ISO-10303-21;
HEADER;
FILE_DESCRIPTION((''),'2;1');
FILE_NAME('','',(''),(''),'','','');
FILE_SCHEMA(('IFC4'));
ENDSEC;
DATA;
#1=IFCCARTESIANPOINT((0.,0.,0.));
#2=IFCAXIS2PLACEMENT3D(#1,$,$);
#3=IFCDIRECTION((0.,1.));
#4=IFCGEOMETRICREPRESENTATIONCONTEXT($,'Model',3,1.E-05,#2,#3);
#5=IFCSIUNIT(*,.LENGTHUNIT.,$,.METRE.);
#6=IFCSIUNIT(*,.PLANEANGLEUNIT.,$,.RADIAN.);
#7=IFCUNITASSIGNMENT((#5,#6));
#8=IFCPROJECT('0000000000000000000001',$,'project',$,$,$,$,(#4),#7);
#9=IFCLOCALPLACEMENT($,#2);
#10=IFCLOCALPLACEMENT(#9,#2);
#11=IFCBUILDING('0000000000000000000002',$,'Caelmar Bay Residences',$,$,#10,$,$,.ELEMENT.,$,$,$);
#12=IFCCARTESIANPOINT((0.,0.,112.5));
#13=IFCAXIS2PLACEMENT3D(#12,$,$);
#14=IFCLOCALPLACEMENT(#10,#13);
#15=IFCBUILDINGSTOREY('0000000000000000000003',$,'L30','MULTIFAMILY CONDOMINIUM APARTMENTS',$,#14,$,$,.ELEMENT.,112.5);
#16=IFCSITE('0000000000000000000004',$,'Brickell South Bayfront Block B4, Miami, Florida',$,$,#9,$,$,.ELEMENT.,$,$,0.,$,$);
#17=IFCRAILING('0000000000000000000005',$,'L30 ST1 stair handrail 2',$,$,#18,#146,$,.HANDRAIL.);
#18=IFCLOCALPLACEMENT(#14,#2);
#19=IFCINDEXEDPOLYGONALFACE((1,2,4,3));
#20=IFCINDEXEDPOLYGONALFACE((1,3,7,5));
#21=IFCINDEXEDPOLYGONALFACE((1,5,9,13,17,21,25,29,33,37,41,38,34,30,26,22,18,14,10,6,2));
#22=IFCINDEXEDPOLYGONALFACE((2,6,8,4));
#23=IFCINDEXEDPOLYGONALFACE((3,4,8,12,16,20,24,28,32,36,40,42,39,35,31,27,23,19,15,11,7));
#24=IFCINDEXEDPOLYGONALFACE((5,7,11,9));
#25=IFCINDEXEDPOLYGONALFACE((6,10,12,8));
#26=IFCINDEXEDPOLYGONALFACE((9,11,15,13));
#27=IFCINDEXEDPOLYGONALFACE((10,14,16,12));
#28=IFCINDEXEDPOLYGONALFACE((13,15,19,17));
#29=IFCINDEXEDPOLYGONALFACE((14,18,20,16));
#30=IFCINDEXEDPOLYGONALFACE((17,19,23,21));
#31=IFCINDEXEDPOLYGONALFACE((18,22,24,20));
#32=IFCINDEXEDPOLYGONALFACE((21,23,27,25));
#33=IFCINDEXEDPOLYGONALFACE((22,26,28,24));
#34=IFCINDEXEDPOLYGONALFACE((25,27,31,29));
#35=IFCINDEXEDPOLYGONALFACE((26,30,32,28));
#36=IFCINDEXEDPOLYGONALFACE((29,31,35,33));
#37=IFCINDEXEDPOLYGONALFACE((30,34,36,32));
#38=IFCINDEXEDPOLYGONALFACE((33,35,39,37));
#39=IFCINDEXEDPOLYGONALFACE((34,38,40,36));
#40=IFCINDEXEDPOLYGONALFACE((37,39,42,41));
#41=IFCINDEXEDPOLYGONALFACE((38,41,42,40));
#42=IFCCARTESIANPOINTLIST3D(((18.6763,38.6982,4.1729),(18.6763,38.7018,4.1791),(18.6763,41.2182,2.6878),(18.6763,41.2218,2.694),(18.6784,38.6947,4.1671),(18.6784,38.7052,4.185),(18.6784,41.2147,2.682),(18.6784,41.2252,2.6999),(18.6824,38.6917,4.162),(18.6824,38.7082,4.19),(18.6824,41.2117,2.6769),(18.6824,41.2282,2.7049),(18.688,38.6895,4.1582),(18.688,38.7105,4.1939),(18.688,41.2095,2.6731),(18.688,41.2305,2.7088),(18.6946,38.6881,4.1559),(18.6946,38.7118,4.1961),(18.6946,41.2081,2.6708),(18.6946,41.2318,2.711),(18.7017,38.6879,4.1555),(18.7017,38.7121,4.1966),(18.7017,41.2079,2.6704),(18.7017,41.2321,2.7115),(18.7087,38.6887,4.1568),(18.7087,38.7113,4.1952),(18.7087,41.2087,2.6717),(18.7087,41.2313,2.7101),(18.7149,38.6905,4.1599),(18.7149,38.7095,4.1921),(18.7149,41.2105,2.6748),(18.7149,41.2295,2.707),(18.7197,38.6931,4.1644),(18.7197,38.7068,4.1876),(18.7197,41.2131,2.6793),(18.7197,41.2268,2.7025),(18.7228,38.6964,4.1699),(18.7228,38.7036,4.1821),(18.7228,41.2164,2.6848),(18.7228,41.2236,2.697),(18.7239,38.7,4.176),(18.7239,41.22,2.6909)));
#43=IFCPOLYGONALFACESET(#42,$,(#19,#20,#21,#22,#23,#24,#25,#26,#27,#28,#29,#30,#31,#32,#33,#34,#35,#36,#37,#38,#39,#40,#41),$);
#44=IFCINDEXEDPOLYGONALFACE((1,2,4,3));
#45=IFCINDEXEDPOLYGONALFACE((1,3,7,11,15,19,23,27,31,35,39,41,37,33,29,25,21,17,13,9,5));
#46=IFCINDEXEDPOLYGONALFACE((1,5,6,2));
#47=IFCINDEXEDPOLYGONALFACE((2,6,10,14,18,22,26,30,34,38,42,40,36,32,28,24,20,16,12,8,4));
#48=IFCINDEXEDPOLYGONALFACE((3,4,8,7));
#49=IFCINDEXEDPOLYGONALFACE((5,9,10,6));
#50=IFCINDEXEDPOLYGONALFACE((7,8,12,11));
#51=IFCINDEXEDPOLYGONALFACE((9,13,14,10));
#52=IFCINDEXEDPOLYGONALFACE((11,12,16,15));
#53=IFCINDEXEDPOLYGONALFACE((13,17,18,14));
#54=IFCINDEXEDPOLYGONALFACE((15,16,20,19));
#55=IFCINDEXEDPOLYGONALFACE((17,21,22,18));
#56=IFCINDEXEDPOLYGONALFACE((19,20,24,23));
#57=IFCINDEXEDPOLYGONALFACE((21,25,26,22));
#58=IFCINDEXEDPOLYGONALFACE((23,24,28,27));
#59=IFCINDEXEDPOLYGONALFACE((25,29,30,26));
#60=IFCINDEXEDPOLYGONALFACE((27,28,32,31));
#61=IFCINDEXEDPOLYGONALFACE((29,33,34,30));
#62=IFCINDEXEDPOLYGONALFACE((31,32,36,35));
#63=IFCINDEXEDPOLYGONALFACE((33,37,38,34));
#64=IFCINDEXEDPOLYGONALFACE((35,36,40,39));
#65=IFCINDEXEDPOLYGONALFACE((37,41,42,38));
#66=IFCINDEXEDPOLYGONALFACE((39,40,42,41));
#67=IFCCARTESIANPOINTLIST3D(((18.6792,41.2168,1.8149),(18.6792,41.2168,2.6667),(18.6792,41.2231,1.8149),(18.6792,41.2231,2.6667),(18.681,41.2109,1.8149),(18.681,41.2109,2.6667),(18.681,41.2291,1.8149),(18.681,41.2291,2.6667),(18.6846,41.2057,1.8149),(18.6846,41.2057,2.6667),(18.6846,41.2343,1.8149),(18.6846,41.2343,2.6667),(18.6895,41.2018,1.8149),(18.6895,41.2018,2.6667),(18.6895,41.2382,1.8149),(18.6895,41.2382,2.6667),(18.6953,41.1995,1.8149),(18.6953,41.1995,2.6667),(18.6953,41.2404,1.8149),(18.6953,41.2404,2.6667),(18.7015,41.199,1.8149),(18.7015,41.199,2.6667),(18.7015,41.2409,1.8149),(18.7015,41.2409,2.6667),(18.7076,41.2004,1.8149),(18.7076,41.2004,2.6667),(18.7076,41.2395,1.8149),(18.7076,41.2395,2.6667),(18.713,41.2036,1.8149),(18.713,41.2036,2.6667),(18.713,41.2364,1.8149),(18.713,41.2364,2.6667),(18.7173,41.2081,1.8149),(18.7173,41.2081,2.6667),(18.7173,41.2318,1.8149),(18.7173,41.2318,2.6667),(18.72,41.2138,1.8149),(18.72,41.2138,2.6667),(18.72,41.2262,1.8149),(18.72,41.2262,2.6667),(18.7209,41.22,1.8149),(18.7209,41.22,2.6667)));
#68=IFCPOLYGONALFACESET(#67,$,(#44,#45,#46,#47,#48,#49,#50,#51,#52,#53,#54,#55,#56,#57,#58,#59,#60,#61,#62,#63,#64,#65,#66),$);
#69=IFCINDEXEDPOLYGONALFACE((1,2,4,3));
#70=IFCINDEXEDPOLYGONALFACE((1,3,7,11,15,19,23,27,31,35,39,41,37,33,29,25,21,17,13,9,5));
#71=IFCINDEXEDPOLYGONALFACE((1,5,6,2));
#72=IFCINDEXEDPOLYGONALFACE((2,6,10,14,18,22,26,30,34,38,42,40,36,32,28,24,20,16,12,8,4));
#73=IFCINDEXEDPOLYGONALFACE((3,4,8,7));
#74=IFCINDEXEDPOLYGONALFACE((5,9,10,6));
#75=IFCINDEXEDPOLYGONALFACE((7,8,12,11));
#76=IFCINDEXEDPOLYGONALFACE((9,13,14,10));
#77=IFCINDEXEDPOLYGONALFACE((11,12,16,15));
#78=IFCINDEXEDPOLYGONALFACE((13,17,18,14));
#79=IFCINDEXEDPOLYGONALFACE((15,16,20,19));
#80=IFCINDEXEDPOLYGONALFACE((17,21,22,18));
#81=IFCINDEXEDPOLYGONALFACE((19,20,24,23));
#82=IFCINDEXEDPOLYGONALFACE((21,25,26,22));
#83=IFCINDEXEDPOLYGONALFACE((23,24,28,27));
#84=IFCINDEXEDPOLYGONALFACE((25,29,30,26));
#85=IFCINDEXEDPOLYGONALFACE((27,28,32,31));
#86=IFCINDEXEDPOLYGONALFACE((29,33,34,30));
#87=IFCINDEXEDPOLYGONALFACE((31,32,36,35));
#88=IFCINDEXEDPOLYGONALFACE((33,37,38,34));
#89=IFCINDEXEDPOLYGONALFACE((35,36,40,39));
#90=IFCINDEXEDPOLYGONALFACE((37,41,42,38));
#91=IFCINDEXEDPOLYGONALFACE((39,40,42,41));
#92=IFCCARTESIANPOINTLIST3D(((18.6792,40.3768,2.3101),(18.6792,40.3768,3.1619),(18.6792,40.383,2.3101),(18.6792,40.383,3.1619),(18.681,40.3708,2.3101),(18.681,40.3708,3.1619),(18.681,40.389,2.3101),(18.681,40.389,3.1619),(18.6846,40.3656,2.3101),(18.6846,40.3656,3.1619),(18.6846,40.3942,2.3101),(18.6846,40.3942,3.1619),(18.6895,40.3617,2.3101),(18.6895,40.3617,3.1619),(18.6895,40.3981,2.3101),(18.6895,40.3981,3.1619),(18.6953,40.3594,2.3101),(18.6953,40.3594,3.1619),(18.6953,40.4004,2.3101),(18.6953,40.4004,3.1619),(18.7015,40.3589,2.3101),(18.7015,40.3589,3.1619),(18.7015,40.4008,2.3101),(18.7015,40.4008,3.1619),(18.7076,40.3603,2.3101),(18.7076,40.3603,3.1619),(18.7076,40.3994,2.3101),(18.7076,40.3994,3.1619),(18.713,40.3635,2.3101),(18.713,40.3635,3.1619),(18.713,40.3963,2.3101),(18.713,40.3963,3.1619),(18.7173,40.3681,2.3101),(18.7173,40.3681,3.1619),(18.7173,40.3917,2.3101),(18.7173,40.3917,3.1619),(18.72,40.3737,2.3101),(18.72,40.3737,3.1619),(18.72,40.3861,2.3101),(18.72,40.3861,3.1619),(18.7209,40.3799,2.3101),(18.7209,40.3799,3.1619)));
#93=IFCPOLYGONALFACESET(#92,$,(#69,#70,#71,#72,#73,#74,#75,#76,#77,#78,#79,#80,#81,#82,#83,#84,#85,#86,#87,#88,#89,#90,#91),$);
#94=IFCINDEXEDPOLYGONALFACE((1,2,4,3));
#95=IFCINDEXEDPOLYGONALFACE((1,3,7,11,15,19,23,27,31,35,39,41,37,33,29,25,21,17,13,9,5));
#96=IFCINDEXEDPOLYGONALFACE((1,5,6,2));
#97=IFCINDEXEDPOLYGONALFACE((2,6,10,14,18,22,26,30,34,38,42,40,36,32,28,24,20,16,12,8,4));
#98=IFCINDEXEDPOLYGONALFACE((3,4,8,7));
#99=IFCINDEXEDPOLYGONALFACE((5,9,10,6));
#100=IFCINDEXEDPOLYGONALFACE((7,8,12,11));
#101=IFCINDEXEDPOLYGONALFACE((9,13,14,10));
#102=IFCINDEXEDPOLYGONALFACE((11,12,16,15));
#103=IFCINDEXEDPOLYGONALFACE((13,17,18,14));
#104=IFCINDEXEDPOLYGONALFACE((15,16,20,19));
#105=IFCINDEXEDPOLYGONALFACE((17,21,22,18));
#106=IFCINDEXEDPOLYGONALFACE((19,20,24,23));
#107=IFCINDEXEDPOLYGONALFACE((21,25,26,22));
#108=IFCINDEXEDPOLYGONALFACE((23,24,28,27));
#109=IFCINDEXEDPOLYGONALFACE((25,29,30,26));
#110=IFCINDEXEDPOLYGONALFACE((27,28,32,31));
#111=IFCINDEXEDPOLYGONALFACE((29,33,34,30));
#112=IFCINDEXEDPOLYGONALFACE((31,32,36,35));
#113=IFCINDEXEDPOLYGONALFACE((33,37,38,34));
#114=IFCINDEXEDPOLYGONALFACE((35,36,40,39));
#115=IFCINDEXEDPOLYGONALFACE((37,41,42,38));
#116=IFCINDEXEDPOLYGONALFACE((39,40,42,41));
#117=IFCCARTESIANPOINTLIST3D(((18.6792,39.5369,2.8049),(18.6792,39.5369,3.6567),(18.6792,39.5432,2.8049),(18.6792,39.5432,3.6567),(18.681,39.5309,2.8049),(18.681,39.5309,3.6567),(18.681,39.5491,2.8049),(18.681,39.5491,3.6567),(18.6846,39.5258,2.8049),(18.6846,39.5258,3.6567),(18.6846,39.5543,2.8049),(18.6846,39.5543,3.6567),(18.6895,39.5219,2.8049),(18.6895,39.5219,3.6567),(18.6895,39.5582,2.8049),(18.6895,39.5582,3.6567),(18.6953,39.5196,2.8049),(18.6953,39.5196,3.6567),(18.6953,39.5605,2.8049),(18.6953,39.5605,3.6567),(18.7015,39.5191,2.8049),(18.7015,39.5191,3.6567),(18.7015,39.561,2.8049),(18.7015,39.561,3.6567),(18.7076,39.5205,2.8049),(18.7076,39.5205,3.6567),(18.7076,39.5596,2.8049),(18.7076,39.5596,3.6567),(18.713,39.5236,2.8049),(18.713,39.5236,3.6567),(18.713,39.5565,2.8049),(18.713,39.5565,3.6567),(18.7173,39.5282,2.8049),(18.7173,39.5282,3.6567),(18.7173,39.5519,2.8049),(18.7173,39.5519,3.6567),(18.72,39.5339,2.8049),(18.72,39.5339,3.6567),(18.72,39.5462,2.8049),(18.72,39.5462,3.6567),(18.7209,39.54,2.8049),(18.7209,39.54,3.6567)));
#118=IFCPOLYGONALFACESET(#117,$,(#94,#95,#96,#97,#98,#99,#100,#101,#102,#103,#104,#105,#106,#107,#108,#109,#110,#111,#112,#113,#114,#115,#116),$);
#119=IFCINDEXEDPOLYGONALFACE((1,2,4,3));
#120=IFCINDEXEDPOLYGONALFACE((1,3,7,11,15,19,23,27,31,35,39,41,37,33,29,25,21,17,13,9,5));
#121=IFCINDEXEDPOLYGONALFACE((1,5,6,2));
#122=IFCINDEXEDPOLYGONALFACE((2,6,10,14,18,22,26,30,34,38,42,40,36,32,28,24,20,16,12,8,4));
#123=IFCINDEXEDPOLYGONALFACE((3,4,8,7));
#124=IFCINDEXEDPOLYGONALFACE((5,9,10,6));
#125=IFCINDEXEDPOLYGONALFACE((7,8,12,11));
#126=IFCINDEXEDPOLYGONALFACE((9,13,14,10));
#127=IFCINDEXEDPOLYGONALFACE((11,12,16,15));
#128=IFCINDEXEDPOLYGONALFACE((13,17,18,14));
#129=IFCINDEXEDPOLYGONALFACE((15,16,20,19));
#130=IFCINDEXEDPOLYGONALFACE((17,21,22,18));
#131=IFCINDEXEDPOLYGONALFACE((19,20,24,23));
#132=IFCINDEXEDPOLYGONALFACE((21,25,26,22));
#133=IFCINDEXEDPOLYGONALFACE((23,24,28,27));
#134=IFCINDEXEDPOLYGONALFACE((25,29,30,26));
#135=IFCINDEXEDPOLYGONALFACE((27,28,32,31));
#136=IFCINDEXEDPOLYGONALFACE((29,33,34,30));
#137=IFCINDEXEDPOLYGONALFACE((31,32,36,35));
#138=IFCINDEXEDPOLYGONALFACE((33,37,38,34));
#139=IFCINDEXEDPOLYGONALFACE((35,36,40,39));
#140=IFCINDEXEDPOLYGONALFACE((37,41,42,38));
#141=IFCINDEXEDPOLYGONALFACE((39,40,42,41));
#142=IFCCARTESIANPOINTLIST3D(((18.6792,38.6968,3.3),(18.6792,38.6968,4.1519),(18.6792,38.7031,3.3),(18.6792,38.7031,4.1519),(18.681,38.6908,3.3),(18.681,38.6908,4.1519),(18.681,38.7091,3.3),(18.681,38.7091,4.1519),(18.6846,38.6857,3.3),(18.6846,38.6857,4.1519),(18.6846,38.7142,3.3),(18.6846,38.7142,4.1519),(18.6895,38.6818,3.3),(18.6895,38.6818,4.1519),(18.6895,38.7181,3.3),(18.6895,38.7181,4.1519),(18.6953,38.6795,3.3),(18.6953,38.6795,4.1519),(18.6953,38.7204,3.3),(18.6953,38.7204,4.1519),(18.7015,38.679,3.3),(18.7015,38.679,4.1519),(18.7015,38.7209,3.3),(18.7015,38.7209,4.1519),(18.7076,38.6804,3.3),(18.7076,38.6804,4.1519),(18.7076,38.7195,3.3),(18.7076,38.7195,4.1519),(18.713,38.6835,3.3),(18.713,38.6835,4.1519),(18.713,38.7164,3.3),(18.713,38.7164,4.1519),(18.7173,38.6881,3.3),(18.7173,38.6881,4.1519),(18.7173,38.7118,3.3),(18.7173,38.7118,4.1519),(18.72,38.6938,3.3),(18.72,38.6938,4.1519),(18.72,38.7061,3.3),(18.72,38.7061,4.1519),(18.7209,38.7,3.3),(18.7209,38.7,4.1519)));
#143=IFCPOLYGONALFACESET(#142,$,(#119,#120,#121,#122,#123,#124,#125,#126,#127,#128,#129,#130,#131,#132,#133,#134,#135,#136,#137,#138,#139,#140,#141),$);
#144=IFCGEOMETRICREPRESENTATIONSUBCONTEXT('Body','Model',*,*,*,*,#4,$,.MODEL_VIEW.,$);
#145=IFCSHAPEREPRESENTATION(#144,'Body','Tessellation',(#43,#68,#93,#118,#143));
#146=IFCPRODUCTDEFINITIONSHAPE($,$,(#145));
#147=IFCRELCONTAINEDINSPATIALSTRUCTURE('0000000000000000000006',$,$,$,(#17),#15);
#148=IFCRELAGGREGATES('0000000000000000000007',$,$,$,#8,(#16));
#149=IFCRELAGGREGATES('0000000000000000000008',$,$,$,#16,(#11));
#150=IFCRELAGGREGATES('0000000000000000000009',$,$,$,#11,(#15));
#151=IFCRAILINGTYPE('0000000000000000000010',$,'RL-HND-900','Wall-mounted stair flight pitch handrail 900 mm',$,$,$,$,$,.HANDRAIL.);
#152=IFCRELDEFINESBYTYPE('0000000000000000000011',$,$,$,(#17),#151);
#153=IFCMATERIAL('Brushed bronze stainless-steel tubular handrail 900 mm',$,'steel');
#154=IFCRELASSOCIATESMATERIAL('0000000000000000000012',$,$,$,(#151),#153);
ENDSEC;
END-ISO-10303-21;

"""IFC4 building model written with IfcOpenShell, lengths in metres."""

from ifc_helpers import new_model, si_unit, direction, frame, origin, origin_2d, place, context, subcontext, project, spatial, circle, extrude, material, type_object, element, save


model = new_model("IFC4")

# Units and contexts
model_context = context("Model", 3, precision=1e-05, world=origin(), true_north=direction((0.0, 1.0)))
body_context = subcontext(model_context, "Body", "Model", "MODEL_VIEW")
ifc_project = project(units=[si_unit("LENGTHUNIT", "METRE"), si_unit("PLANEANGLEUNIT", "RADIAN")], contexts=[model_context])

# Site, building, storey
site_placement = place(None, origin())
site = spatial("IfcSite", under=ifc_project, at=site_placement, Name="Brickell South Bayfront Block B4, Miami, Florida", CompositionType="ELEMENT", RefElevation=0.0)
building_placement = place(site_placement, origin())
building = spatial("IfcBuilding", under=site, at=building_placement, Name="Caelmar Bay Residences", CompositionType="ELEMENT")
storey_placement = place(building_placement, frame((0.0, 0.0, 112.5)))
storey = spatial("IfcBuildingStorey", under=building, at=storey_placement, Name="L30", Description="MULTIFAMILY CONDOMINIUM APARTMENTS", CompositionType="ELEMENT", Elevation=112.5)

# Railing
ifc_material_1 = material(Name="Brushed bronze stainless-steel tubular handrail 900 mm", Category="steel")
railing_type_1 = type_object("IfcRailingType", Name="RL-HND-900", Description="Wall-mounted stair flight pitch handrail 900 mm", PredefinedType="HANDRAIL", material=ifc_material_1)
railing_1_placement = place(storey_placement, frame((18.7, 41.22, 1.8149)))
element("IfcRailing", 1, at=railing_1_placement, inside=storey, type_object=railing_type_1, Name="L30 ST1 stair handrail 2", PredefinedType="HANDRAIL", context=body_context, shape_type="SweptSolid", body=[
    extrude(circle(Radius=0.0239, at=origin_2d()), frame((0.0, 0.0, 0.876), z_axis=(0.0, -0.861524, 0.507717), x_axis=(1.0, 0.0, 0.0)), (0.0, 0.0, 1.0), 2.925),
    extrude(circle(Radius=0.021, at=origin_2d()), origin(), (0.0, 0.0, 1.0), 0.8518),
    extrude(circle(Radius=0.021, at=origin_2d()), frame((0.0, -0.8401, 0.4951)), (0.0, 0.0, 1.0), 0.8518),
    extrude(circle(Radius=0.021, at=origin_2d()), frame((0.0, -1.6799, 0.99)), (0.0, 0.0, 1.0), 0.8518),
    extrude(circle(Radius=0.021, at=origin_2d()), frame((0.0, -2.52, 1.4851)), (0.0, 0.0, 1.0), 0.8518),
])

save(model, "model.ifc")
